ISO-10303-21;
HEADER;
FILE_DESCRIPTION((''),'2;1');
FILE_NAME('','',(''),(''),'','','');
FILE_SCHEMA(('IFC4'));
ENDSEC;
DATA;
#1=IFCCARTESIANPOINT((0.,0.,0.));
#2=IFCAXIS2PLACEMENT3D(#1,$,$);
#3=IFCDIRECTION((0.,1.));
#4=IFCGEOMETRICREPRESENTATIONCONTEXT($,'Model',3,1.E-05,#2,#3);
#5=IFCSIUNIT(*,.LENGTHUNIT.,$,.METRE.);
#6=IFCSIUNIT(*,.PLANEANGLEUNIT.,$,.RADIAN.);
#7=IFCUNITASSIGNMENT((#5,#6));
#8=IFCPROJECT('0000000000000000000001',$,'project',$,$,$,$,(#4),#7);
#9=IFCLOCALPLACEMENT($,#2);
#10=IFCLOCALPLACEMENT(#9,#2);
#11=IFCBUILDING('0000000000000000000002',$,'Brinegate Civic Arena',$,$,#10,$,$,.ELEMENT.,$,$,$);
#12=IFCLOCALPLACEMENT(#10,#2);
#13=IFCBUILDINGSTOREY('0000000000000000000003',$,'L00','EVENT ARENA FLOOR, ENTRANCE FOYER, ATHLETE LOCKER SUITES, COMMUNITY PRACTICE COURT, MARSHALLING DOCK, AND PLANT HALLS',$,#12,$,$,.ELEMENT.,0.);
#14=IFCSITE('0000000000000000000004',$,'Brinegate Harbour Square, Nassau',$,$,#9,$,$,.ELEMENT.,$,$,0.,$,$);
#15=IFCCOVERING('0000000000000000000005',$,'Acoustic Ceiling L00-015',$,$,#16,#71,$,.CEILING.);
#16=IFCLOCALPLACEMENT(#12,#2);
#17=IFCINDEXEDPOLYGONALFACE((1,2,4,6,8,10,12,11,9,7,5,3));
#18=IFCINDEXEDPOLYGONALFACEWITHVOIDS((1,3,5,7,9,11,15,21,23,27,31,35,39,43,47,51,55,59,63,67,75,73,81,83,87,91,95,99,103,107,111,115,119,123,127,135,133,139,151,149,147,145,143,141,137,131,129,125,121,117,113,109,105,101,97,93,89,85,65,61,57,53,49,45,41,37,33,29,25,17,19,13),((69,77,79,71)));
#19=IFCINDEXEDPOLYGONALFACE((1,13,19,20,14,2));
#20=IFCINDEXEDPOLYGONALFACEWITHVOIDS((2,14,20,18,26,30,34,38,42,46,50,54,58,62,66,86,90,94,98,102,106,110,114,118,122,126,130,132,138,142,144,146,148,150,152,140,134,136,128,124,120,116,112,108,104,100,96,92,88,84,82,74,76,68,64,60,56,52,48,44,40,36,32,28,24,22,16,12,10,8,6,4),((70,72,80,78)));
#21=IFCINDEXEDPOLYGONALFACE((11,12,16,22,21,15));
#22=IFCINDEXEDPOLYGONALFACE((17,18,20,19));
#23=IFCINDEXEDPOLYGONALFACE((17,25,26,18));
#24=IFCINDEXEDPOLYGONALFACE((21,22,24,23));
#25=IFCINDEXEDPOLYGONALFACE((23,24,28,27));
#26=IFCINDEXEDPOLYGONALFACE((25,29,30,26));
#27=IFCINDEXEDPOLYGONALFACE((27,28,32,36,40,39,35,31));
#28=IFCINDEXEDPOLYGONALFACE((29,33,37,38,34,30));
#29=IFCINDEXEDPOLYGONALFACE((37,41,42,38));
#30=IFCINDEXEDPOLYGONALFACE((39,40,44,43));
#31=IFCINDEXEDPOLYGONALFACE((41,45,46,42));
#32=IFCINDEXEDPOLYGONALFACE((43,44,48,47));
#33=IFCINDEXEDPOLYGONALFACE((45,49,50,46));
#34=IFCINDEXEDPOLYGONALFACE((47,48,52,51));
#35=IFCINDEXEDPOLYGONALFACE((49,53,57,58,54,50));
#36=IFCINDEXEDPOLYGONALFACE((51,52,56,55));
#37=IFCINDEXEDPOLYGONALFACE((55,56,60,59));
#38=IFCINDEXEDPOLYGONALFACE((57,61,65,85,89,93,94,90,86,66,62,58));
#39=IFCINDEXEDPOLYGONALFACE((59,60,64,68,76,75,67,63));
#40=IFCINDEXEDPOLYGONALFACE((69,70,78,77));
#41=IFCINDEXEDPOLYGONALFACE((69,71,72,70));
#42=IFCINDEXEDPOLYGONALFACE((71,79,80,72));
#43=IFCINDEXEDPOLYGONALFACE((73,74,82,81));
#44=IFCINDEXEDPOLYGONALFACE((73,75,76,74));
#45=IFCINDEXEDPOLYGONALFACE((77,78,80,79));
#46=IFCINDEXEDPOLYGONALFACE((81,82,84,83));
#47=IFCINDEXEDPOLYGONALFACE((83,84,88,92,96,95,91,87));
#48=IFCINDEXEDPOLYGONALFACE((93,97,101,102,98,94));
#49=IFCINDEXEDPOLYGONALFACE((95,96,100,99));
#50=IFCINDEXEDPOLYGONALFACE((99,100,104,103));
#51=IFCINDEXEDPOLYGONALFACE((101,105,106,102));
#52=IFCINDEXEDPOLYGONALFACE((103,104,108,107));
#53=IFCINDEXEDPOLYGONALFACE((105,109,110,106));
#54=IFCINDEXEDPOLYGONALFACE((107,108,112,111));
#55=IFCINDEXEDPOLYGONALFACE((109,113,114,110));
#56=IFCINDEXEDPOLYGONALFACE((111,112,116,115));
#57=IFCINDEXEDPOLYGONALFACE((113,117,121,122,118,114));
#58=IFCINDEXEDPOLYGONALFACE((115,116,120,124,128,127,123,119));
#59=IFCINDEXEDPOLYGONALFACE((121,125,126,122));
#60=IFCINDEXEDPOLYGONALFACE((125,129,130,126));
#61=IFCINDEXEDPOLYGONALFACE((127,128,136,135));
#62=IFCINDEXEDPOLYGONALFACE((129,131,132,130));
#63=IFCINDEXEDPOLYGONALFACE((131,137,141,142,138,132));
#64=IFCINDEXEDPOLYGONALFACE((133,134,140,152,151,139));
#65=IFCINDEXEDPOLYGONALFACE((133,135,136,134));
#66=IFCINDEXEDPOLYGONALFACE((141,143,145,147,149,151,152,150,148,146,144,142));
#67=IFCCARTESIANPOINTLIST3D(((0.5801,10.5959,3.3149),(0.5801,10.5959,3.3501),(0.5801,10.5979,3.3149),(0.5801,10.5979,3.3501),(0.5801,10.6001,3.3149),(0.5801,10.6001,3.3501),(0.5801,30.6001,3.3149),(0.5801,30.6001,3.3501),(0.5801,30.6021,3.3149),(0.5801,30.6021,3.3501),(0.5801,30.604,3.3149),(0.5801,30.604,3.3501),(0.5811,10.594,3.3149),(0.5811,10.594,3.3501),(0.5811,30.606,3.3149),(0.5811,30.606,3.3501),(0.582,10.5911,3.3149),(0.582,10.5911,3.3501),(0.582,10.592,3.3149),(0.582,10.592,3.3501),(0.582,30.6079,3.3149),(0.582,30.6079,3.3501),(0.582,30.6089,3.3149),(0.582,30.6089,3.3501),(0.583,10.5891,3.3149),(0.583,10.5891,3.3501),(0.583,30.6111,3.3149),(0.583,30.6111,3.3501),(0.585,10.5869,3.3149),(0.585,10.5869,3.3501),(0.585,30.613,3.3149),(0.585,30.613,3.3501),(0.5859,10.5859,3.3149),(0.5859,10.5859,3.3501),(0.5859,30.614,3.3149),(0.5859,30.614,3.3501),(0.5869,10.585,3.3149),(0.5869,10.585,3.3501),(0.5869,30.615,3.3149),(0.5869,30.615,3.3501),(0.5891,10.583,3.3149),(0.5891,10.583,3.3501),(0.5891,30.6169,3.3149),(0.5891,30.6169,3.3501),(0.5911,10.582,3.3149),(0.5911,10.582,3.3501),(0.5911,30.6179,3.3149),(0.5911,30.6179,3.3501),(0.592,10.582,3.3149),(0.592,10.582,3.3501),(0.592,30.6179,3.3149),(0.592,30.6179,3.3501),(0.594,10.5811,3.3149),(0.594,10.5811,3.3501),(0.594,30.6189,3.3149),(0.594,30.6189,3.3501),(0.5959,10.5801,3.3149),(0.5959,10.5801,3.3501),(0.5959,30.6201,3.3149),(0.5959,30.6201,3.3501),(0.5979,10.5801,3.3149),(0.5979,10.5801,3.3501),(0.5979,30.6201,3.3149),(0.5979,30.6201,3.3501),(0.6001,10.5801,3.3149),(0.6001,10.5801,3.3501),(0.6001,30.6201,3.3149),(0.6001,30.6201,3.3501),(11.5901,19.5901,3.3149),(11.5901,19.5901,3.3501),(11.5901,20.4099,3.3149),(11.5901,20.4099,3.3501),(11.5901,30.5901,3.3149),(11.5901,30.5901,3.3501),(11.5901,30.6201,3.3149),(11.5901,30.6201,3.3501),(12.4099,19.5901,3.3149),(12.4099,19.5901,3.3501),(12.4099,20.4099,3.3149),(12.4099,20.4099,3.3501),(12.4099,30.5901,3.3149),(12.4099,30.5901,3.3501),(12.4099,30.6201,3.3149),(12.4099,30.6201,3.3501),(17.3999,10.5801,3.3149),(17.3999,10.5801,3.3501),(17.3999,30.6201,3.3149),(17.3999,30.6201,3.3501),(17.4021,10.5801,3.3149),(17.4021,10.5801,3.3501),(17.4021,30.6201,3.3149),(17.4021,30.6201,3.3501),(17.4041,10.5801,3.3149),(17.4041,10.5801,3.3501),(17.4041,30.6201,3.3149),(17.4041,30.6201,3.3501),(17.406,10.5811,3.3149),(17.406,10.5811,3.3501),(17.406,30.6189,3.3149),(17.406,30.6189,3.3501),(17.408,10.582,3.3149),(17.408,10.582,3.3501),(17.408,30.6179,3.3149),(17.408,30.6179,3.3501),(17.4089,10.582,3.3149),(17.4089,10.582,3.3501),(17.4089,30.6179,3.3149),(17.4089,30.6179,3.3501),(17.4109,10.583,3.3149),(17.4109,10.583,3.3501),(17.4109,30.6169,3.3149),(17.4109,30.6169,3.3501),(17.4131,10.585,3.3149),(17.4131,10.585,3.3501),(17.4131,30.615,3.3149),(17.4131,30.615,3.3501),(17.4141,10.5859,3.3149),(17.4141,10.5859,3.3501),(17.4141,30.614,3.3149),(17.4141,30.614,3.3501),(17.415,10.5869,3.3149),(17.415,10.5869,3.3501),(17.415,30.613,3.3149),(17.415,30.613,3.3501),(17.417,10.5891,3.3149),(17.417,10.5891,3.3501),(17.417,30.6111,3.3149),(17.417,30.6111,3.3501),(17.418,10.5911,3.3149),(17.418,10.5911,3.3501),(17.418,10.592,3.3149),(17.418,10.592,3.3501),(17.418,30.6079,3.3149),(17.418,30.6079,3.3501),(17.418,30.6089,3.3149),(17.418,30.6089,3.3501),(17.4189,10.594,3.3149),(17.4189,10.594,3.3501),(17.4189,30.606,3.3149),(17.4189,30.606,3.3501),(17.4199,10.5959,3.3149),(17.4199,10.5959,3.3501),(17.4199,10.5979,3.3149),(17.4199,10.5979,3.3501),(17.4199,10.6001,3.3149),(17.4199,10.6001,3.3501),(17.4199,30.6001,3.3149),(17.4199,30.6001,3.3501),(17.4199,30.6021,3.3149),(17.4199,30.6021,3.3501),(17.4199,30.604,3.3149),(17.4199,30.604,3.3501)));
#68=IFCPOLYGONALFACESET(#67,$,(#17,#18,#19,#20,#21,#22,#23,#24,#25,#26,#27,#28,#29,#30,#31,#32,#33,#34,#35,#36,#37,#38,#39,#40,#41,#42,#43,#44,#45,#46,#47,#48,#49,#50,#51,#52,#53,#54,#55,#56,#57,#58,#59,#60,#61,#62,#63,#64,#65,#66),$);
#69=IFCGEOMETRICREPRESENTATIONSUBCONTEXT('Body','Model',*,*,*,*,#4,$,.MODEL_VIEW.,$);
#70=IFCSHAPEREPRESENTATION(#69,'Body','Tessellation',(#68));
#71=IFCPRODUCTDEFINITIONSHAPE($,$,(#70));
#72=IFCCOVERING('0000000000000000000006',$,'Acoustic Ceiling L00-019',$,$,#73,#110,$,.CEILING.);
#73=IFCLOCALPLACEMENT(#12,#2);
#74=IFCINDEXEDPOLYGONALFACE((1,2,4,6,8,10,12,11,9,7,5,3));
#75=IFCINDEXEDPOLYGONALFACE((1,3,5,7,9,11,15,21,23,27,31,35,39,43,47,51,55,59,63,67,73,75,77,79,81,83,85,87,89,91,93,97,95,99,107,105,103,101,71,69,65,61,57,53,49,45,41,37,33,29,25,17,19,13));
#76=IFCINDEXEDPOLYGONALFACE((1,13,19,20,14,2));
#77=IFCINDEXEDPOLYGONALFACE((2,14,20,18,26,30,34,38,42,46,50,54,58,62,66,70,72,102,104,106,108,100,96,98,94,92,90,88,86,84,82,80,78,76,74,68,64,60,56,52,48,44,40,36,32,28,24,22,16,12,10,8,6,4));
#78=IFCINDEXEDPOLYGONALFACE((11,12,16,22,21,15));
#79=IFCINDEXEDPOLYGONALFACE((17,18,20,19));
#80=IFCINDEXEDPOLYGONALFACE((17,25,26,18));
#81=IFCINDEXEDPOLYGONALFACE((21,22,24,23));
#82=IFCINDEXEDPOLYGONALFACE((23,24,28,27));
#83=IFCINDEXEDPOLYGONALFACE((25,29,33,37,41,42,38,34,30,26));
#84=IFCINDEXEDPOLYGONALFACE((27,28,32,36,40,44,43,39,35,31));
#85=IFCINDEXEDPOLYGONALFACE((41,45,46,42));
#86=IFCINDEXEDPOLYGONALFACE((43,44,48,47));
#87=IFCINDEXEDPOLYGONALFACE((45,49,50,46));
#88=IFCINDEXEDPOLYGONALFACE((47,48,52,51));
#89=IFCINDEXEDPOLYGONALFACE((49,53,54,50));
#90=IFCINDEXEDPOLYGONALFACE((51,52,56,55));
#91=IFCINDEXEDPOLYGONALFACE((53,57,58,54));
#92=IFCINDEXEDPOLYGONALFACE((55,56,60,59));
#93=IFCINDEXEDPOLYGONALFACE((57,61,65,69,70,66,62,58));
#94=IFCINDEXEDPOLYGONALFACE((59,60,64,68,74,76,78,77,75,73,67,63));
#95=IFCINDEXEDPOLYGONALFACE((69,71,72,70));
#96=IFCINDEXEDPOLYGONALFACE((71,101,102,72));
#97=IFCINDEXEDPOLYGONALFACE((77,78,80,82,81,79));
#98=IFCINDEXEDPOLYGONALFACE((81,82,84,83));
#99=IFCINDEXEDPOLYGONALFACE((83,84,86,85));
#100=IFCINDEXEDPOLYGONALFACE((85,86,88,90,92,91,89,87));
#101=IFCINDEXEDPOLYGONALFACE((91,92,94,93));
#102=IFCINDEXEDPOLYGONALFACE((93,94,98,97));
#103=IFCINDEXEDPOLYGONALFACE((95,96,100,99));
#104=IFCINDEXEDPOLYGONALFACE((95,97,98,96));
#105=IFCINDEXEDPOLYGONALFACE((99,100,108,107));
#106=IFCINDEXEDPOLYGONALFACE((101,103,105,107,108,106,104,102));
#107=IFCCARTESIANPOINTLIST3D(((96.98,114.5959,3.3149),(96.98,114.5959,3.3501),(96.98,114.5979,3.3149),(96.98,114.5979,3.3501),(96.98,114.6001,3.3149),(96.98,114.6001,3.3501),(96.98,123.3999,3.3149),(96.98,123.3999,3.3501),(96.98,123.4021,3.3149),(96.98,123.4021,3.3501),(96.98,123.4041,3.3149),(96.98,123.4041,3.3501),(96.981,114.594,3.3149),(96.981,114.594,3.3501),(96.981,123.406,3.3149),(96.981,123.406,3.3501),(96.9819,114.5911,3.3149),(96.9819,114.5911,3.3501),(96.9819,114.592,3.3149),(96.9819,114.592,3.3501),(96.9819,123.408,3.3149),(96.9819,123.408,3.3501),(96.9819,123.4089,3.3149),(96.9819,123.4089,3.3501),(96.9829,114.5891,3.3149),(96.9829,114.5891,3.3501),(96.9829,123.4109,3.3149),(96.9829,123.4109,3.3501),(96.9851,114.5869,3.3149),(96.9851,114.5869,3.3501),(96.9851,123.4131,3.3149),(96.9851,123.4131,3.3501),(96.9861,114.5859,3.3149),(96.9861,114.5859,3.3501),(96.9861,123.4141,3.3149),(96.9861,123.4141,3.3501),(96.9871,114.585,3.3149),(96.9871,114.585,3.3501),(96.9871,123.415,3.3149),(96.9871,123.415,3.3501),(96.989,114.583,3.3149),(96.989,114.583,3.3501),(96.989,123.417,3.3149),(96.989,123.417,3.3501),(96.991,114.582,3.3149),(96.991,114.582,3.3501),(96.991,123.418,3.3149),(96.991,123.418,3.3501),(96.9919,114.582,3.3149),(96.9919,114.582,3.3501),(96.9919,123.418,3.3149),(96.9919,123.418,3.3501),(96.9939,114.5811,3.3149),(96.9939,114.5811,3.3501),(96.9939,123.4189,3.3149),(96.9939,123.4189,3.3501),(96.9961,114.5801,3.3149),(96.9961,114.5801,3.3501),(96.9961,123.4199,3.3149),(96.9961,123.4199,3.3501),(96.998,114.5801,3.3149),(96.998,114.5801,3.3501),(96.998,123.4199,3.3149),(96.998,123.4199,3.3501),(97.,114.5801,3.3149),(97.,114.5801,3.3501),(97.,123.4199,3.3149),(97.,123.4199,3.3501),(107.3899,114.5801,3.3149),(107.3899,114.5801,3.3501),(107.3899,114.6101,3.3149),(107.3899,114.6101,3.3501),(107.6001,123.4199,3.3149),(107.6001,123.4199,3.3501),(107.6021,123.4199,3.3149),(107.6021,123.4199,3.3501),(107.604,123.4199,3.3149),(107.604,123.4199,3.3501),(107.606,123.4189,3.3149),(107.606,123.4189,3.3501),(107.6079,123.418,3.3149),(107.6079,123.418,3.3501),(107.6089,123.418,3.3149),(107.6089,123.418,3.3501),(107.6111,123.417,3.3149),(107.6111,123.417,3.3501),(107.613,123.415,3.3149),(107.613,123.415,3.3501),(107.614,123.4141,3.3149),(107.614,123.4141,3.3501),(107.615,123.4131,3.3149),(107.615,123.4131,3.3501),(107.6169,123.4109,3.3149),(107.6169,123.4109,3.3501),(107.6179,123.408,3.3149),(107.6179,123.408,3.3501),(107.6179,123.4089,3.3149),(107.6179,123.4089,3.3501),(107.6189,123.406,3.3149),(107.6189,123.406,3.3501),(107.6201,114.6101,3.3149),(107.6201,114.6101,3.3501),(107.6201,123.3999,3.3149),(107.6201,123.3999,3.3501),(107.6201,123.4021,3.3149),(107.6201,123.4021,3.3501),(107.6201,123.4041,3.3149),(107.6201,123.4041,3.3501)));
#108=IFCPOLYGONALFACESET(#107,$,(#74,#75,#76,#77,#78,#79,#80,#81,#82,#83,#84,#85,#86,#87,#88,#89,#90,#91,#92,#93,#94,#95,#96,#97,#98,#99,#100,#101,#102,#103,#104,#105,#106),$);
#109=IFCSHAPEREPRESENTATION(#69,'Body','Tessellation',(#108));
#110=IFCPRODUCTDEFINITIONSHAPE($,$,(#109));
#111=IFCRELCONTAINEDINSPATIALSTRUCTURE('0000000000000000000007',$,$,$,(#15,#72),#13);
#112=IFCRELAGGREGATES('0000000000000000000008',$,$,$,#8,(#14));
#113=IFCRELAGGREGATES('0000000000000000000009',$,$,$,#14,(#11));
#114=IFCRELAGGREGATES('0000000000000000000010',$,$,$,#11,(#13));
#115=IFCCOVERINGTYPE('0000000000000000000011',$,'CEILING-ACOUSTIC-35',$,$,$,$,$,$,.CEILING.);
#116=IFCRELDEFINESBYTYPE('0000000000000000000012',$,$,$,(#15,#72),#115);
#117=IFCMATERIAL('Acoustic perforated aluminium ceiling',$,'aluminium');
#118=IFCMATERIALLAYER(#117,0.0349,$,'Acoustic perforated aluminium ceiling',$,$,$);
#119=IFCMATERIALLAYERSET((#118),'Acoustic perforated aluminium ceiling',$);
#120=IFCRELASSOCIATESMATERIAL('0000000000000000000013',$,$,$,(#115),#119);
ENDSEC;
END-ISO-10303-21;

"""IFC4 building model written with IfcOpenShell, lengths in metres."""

from ifc_helpers import new_model, si_unit, direction, frame, origin, place, context, subcontext, project, spatial, polyline, outline, extrude, material, layer, layer_set, type_object, element, save


model = new_model("IFC4")

# Units and contexts
model_context = context("Model", 3, precision=1e-05, world=origin(), true_north=direction((0.0, 1.0)))
body_context = subcontext(model_context, "Body", "Model", "MODEL_VIEW")
ifc_project = project(units=[si_unit("LENGTHUNIT", "METRE"), si_unit("PLANEANGLEUNIT", "RADIAN")], contexts=[model_context])

# Site, building, storey
site_placement = place(None, origin())
site = spatial("IfcSite", under=ifc_project, at=site_placement, Name="Brinegate Harbour Square, Nassau", CompositionType="ELEMENT", RefElevation=0.0)
building_placement = place(site_placement, origin())
building = spatial("IfcBuilding", under=site, at=building_placement, Name="Brinegate Civic Arena", CompositionType="ELEMENT")
storey_placement = place(building_placement, origin())
storey = spatial("IfcBuildingStorey", under=building, at=storey_placement, Name="L00", Description="EVENT ARENA FLOOR, ENTRANCE FOYER, ATHLETE LOCKER SUITES, COMMUNITY PRACTICE COURT, MARSHALLING DOCK, AND PLANT HALLS", CompositionType="ELEMENT", Elevation=0.0)

# Coverings
ifc_material_1 = material(Name="Acoustic perforated aluminium ceiling", Category="aluminium")
ifc_layer_1 = layer(ifc_material_1, 0.0349, Name="Acoustic perforated aluminium ceiling")
ifc_layer_set_1 = layer_set([ifc_layer_1], Name="Acoustic perforated aluminium ceiling")
covering_type_1 = type_object("IfcCoveringType", Name="CEILING-ACOUSTIC-35", PredefinedType="CEILING", material=ifc_layer_set_1)
covering_1_placement = place(storey_placement, frame((0.0, 0.0, 3.3149)))
element("IfcCovering", 1, at=covering_1_placement, inside=storey, type_object=covering_type_1, Name="Acoustic Ceiling L00-015", PredefinedType="CEILING", context=body_context, shape_type="SweptSolid", body=[
    extrude(outline(polyline([(17.4041, 30.6201), (17.406, 30.6189), (17.408, 30.6179), (17.4089, 30.6179), (17.4109, 30.6169), (17.4131, 30.615), (17.4141, 30.614), (17.415, 30.613), (17.417, 30.6111), (17.418, 30.6089), (17.418, 30.6079), (17.4189, 30.606), (17.4199, 30.604), (17.4199, 30.6021), (17.4199, 30.6001), (17.4199, 10.6001), (17.4199, 10.5979), (17.4199, 10.5959), (17.4189, 10.594), (17.418, 10.592), (17.418, 10.5911), (17.417, 10.5891), (17.415, 10.5869), (17.4141, 10.5859), (17.4131, 10.585), (17.4109, 10.583), (17.4089, 10.582), (17.408, 10.582), (17.406, 10.5811), (17.4041, 10.5801), (17.4021, 10.5801), (17.3999, 10.5801), (0.6001, 10.5801), (0.5979, 10.5801), (0.5959, 10.5801), (0.594, 10.5811), (0.592, 10.582), (0.5911, 10.582), (0.5891, 10.583), (0.5869, 10.585), (0.5859, 10.5859), (0.585, 10.5869), (0.583, 10.5891), (0.582, 10.5911), (0.582, 10.592), (0.5811, 10.594), (0.5801, 10.5959), (0.5801, 10.5979), (0.5801, 10.6001), (0.5801, 30.6001), (0.5801, 30.6021), (0.5801, 30.604), (0.5811, 30.606), (0.582, 30.6079), (0.582, 30.6089), (0.583, 30.6111), (0.585, 30.613), (0.5859, 30.614), (0.5869, 30.615), (0.5891, 30.6169), (0.5911, 30.6179), (0.592, 30.6179), (0.594, 30.6189), (0.5959, 30.6201), (0.5979, 30.6201), (0.6001, 30.6201), (11.5901, 30.6201), (11.5901, 30.5901), (12.4099, 30.5901), (12.4099, 30.6201), (17.3999, 30.6201), (17.4021, 30.6201), (17.4041, 30.6201)]), holes=[polyline([(12.4099, 20.4099), (11.5901, 20.4099), (11.5901, 19.5901), (12.4099, 19.5901), (12.4099, 20.4099)])]), origin(), (0.0, 0.0, 1.0), 0.0352),
])
covering_2_placement = place(storey_placement, frame((0.0, 0.0, 3.3149)))
element("IfcCovering", 2, at=covering_2_placement, inside=storey, type_object=covering_type_1, Name="Acoustic Ceiling L00-019", PredefinedType="CEILING", context=body_context, shape_type="SweptSolid", body=[
    extrude(outline(polyline([(107.604, 123.4199), (107.606, 123.4189), (107.6079, 123.418), (107.6089, 123.418), (107.6111, 123.417), (107.613, 123.415), (107.614, 123.4141), (107.615, 123.4131), (107.6169, 123.4109), (107.6179, 123.4089), (107.6179, 123.408), (107.6189, 123.406), (107.6201, 123.4041), (107.6201, 123.4021), (107.6201, 123.3999), (107.6201, 114.6101), (107.3899, 114.6101), (107.3899, 114.5801), (97.0, 114.5801), (96.998, 114.5801), (96.9961, 114.5801), (96.9939, 114.5811), (96.9919, 114.582), (96.991, 114.582), (96.989, 114.583), (96.9871, 114.585), (96.9861, 114.5859), (96.9851, 114.5869), (96.9829, 114.5891), (96.9819, 114.5911), (96.9819, 114.592), (96.981, 114.594), (96.98, 114.5959), (96.98, 114.5979), (96.98, 114.6001), (96.98, 123.3999), (96.98, 123.4021), (96.98, 123.4041), (96.981, 123.406), (96.9819, 123.408), (96.9819, 123.4089), (96.9829, 123.4109), (96.9851, 123.4131), (96.9861, 123.4141), (96.9871, 123.415), (96.989, 123.417), (96.991, 123.418), (96.9919, 123.418), (96.9939, 123.4189), (96.9961, 123.4199), (96.998, 123.4199), (97.0, 123.4199), (107.6001, 123.4199), (107.6021, 123.4199), (107.604, 123.4199)])), origin(), (0.0, 0.0, 1.0), 0.0352),
])

save(model, "model.ifc")
